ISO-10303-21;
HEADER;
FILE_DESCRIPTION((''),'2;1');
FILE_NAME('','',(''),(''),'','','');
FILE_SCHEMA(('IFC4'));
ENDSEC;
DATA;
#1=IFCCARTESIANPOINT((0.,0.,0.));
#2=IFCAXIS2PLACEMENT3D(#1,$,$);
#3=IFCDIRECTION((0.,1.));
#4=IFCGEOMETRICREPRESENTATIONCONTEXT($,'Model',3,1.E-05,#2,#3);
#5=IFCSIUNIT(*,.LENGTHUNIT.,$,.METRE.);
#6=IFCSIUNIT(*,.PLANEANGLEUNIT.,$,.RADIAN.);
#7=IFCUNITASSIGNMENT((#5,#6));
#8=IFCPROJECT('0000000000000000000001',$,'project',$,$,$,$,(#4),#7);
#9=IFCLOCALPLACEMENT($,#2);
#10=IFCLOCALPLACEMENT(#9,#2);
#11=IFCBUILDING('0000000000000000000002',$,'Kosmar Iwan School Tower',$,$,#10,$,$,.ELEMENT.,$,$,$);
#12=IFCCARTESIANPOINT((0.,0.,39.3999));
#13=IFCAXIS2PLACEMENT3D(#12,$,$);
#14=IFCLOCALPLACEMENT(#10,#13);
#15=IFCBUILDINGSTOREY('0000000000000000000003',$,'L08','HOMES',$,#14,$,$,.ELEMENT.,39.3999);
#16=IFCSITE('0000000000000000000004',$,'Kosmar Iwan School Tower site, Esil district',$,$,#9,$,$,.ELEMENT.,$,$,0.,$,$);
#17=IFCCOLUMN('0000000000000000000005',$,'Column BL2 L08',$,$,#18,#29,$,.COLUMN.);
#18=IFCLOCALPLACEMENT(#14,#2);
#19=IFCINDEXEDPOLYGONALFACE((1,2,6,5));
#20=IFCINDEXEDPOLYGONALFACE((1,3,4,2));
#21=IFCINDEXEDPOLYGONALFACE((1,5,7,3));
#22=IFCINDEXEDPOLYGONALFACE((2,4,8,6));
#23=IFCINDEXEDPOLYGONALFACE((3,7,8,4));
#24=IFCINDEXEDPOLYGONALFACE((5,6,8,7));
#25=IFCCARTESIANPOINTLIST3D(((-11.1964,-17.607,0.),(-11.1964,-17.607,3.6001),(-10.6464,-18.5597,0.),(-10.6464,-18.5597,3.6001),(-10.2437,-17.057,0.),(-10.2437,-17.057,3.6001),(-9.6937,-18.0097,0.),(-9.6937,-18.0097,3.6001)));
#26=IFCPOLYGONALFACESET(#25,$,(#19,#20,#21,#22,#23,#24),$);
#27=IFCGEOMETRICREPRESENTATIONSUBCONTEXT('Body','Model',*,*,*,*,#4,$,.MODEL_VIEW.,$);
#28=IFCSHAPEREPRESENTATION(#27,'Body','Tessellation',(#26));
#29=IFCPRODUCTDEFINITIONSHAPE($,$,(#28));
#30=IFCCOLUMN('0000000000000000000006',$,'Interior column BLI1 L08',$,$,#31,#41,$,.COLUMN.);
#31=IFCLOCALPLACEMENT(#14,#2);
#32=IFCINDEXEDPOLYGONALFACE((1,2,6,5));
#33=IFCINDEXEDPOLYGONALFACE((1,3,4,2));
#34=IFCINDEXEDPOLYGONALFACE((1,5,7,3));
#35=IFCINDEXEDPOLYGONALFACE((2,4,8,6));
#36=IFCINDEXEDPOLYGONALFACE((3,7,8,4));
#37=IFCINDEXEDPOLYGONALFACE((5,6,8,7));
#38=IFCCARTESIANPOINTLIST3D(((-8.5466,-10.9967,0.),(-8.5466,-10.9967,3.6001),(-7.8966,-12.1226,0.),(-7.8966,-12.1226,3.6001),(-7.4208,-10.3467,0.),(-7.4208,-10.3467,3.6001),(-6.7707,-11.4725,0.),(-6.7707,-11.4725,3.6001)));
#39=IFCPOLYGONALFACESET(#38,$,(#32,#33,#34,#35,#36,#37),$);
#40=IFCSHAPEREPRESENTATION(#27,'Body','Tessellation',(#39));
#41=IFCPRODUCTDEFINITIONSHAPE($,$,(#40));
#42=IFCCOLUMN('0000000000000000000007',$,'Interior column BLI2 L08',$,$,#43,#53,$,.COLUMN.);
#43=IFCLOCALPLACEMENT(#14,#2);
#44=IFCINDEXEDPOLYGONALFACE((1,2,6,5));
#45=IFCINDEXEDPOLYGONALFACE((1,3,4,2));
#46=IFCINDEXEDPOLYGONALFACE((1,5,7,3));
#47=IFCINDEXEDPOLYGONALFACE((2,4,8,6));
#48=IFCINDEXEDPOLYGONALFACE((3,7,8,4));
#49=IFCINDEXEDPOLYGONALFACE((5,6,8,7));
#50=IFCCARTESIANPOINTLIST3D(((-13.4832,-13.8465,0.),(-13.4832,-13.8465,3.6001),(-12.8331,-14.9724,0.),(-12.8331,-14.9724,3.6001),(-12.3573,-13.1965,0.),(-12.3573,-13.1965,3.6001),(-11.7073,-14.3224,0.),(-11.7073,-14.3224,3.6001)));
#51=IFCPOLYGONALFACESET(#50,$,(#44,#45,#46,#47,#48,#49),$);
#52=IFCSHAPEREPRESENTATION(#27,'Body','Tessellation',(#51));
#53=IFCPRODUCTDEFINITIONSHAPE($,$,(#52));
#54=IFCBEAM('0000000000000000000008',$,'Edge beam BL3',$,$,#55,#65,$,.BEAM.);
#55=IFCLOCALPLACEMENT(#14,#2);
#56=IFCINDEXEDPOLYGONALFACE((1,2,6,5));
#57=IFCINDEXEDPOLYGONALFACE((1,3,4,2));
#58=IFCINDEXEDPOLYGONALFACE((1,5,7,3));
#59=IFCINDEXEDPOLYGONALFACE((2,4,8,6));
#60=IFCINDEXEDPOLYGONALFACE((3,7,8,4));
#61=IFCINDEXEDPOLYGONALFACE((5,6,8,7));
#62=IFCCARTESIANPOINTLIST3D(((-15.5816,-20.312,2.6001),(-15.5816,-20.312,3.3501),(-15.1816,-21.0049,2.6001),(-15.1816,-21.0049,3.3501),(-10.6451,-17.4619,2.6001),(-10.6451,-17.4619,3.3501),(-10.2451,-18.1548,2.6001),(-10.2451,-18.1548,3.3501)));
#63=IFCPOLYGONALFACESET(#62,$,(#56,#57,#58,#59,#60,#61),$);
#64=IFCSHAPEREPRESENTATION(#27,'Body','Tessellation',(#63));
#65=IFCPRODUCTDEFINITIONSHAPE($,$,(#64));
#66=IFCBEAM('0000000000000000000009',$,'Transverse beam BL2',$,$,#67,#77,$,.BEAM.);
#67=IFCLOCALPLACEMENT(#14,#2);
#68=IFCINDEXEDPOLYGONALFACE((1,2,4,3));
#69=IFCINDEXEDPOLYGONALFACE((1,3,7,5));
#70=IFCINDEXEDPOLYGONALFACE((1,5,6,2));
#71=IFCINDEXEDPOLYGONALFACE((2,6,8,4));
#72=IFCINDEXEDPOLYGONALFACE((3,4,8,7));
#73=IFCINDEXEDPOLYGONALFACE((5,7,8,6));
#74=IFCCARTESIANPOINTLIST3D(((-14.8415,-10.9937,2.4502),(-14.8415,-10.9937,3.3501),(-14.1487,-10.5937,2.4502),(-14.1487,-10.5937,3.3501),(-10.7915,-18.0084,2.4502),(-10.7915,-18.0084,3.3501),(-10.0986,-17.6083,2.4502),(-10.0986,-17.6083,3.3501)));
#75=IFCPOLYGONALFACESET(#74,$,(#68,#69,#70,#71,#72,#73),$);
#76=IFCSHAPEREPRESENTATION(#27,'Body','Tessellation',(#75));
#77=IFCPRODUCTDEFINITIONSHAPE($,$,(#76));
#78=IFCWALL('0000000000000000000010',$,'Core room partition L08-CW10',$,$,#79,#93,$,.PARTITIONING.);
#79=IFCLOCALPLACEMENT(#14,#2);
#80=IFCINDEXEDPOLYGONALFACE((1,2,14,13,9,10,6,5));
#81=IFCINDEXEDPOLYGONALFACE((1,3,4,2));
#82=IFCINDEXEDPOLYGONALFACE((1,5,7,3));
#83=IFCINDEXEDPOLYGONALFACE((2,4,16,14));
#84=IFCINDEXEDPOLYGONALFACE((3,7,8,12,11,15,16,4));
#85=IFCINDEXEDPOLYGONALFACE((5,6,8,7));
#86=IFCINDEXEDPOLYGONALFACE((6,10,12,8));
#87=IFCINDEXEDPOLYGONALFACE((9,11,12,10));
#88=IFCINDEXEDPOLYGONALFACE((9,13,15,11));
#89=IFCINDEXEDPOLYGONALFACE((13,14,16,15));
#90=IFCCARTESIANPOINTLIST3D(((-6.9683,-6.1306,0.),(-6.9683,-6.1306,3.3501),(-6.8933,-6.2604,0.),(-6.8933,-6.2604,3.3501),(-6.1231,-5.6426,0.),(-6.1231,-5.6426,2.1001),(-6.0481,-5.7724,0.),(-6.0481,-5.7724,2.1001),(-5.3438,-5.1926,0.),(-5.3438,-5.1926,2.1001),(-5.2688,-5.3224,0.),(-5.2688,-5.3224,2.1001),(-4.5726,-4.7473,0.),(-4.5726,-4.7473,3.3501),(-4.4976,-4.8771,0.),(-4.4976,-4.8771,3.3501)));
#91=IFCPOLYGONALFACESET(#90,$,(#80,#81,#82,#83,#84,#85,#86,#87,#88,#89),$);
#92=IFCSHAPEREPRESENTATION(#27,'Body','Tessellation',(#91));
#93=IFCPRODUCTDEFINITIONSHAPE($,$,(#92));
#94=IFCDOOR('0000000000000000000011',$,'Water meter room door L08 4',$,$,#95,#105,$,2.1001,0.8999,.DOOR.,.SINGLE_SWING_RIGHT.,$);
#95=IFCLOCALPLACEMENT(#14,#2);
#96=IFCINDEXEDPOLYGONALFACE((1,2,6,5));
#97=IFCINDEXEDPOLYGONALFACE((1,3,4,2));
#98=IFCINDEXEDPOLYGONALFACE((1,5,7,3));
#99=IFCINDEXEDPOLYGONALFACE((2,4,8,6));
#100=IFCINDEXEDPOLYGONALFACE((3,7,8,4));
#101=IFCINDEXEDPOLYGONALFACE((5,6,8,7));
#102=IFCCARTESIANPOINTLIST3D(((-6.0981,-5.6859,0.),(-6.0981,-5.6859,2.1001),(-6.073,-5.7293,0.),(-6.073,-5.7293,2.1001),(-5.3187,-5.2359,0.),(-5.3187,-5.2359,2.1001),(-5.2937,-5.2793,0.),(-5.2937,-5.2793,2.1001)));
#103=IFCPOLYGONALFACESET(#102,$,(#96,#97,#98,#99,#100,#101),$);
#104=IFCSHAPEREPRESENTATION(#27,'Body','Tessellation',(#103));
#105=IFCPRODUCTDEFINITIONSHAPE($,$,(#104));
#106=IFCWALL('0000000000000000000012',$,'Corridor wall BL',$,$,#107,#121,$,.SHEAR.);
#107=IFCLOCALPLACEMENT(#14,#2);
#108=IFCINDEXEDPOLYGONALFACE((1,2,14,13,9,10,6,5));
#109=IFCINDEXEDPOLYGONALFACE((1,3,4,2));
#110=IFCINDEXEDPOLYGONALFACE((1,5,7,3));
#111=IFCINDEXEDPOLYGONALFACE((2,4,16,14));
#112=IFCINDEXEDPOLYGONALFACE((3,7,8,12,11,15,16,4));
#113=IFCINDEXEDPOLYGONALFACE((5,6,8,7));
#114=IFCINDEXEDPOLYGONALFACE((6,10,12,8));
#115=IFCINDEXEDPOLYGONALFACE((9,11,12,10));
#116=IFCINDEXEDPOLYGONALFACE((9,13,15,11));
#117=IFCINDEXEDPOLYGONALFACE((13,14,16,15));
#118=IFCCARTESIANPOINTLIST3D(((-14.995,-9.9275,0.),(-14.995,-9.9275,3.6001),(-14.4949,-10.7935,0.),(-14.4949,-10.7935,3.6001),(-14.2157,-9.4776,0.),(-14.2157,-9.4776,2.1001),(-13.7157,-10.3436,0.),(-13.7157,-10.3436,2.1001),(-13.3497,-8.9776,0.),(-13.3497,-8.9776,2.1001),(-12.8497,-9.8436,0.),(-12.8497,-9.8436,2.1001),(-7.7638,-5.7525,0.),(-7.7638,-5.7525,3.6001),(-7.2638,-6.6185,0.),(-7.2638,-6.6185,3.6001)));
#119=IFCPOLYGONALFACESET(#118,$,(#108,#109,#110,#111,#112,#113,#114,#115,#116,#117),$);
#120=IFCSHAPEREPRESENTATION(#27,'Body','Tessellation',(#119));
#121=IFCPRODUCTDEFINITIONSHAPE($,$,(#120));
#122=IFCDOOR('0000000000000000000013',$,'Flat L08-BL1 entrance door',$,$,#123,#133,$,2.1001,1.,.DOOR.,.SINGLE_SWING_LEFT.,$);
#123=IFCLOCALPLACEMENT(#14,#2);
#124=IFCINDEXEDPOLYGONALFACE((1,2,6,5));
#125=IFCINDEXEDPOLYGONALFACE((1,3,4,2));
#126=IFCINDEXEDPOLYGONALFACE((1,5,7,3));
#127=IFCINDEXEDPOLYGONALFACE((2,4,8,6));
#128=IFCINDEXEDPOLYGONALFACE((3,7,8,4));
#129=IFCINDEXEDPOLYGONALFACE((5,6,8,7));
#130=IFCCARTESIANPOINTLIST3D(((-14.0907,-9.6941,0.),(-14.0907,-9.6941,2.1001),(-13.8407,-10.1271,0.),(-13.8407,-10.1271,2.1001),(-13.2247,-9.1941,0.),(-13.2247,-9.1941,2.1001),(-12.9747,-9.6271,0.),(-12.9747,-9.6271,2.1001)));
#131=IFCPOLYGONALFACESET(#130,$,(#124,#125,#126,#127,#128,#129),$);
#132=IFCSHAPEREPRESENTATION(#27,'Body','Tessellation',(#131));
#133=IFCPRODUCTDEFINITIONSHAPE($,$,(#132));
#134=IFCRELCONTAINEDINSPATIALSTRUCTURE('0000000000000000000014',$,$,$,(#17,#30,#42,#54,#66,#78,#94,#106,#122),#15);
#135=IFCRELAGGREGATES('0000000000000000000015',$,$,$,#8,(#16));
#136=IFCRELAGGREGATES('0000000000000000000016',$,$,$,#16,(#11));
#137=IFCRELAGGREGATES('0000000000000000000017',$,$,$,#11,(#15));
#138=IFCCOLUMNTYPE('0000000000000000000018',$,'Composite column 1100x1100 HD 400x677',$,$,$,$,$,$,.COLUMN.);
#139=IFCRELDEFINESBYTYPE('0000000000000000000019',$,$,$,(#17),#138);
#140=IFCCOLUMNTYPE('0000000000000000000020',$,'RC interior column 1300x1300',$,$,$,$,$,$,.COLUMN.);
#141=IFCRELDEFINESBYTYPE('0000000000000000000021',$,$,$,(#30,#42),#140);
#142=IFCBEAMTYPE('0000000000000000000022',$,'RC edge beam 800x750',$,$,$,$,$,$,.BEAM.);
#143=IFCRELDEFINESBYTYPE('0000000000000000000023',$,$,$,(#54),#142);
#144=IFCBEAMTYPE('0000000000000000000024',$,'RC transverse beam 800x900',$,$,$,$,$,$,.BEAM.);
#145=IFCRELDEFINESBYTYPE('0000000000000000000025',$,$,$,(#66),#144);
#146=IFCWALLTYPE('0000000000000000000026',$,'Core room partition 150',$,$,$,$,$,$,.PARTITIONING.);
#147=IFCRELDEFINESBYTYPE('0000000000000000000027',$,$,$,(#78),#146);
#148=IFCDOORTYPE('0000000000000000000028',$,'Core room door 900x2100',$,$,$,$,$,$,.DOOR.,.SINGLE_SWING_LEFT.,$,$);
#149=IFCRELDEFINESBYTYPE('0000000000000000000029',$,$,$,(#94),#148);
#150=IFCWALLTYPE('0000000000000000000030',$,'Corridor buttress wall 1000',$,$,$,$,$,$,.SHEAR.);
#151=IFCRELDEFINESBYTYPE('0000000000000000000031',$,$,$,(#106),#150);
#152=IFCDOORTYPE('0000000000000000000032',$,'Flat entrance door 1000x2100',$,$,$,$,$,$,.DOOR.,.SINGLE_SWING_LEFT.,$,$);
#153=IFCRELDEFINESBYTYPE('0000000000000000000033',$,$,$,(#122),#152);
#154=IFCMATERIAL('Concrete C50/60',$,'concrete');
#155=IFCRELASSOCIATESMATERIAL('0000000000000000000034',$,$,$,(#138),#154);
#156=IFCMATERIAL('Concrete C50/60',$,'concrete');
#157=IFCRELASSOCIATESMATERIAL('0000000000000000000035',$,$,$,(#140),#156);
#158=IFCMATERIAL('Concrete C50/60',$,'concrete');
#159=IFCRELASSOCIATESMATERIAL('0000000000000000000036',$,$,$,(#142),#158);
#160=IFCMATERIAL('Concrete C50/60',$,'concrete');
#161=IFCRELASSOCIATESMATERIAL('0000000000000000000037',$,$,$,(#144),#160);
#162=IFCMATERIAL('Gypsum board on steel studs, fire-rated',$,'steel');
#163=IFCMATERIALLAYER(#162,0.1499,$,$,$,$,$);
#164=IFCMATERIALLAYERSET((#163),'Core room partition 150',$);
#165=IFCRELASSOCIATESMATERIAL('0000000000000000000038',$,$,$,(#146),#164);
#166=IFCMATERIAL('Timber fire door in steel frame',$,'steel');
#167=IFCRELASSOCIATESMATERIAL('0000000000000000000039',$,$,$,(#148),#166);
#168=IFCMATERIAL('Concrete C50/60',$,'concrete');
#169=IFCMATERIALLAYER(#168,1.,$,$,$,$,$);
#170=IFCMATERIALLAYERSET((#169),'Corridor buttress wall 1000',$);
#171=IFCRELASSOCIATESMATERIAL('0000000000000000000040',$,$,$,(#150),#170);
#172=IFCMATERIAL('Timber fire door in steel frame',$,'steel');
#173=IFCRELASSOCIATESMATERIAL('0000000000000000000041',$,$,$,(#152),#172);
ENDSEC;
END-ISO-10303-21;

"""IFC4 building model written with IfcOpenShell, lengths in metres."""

from ifc_helpers import new_model, si_unit, direction, frame, frame_2d, origin, origin_2d, place, context, subcontext, project, spatial, rectangle, extrude, material, layer, layer_set, material_profile, profile_set, type_object, element, fill, save


model = new_model("IFC4")

# Units and contexts
model_context = context("Model", 3, precision=1e-05, world=origin(), true_north=direction((0.0, 1.0)))
body_context = subcontext(model_context, "Body", "Model", "MODEL_VIEW")
ifc_project = project(units=[si_unit("LENGTHUNIT", "METRE"), si_unit("PLANEANGLEUNIT", "RADIAN")], contexts=[model_context])

# Site, building, storey
site_placement = place(None, origin())
site = spatial("IfcSite", under=ifc_project, at=site_placement, Name="Kosmar Iwan School Tower site, Esil district", CompositionType="ELEMENT", RefElevation=0.0)
building_placement = place(site_placement, origin())
building = spatial("IfcBuilding", under=site, at=building_placement, Name="Kosmar Iwan School Tower", CompositionType="ELEMENT")
storey_placement = place(building_placement, frame((0.0, 0.0, 39.3999)))
storey = spatial("IfcBuildingStorey", under=building, at=storey_placement, Name="L08", Description="HOMES", CompositionType="ELEMENT", Elevation=39.3999)

# Columns
ifc_material_1 = material(Name="Concrete C50/60", Category="concrete")
ifc_material_profile_1 = material_profile(ifc_material_1, rectangle(XDim=1.1001, YDim=1.1001, at=origin_2d()), Name="RC 1100x1100 + HD 400x677")
ifc_profile_set_1 = profile_set([ifc_material_profile_1], Name="Concrete C50/60")
column_type_1 = type_object("IfcColumnType", Name="Composite column 1100x1100 HD 400x677", PredefinedType="COLUMN", material=ifc_profile_set_1)
column_placement = place(storey_placement, frame((-10.4451, -17.8083, 0.0), z_axis=(0.0, 0.0, 1.0), x_axis=(-0.866025, -0.5, 0.0)))
element("IfcColumn", 1, at=column_placement, inside=storey, type_object=column_type_1, Name="Column BL2 L08", PredefinedType="COLUMN", context=body_context, shape_type="SweptSolid", body=[
    extrude(rectangle(XDim=1.1001, YDim=1.1001, at=origin_2d()), origin(), (0.0, 0.0, 1.0), 3.6001),
])
ifc_material_2 = material(Name="Concrete C50/60", Category="concrete")
ifc_material_profile_2 = material_profile(ifc_material_2, rectangle(XDim=1.3, YDim=1.3, at=origin_2d()), Name="RC 1300x1300")
ifc_profile_set_2 = profile_set([ifc_material_profile_2], Name="Concrete C50/60")
column_type_2 = type_object("IfcColumnType", Name="RC interior column 1300x1300", PredefinedType="COLUMN", material=ifc_profile_set_2)
for number, where, z_axis, x_axis, name in (
    (2, (-7.6587, -11.2346, 0.0), (0.0, 0.0, 1.0), (-0.866025, -0.5, 0.0), "Interior column BLI1 L08"),
    (3, (-12.5952, -14.0845, 0.0), (0.0, 0.0, 1.0), (-0.866025, -0.5, 0.0), "Interior column BLI2 L08"),
):
    element("IfcColumn", number, at=place(storey_placement, frame(where, z_axis=z_axis, x_axis=x_axis)), inside=storey, type_object=column_type_2, Name=name, PredefinedType="COLUMN", context=body_context, shape_type="SweptSolid", body=[
        extrude(rectangle(XDim=1.3, YDim=1.3, at=origin_2d()), origin(), (0.0, 0.0, 1.0), 3.6001),
    ])

# Beams
ifc_material_3 = material(Name="Concrete C50/60", Category="concrete")
ifc_material_profile_3 = material_profile(ifc_material_3, rectangle(XDim=0.8, YDim=0.75, at=origin_2d()), Name="RC 800x750")
ifc_profile_set_3 = profile_set([ifc_material_profile_3], Name="Concrete C50/60")
beam_type_1 = type_object("IfcBeamType", Name="RC edge beam 800x750", PredefinedType="BEAM", material=ifc_profile_set_3)
beam_1_placement = place(storey_placement, frame((-10.4451, -17.8083, 2.9751), z_axis=(-0.866026, -0.499999, 0.0), x_axis=(0.499999, -0.866026, 0.0)))
element("IfcBeam", 4, at=beam_1_placement, inside=storey, type_object=beam_type_1, Name="Edge beam BL3", PredefinedType="BEAM", context=body_context, shape_type="SweptSolid", body=[
    extrude(rectangle(XDim=0.8, YDim=0.75, at=origin_2d()), origin(), (0.0, 0.0, 1.0), 5.7002),
])
ifc_material_4 = material(Name="Concrete C50/60", Category="concrete")
ifc_material_profile_4 = material_profile(ifc_material_4, rectangle(XDim=0.8, YDim=0.8999, at=origin_2d()), Name="RC 800x900")
ifc_profile_set_4 = profile_set([ifc_material_profile_4], Name="Concrete C50/60")
beam_type_2 = type_object("IfcBeamType", Name="RC transverse beam 800x900", PredefinedType="BEAM", material=ifc_profile_set_4)
beam_2_placement = place(storey_placement, frame((-10.4451, -17.8083, 2.9001), z_axis=(-0.500013, 0.866018, 0.0), x_axis=(-0.866018, -0.500013, 0.0)))
element("IfcBeam", 5, at=beam_2_placement, inside=storey, type_object=beam_type_2, Name="Transverse beam BL2", PredefinedType="BEAM", context=body_context, shape_type="SweptSolid", body=[
    extrude(rectangle(XDim=0.8, YDim=0.8999, at=origin_2d()), origin(), (0.0, 0.0, 1.0), 8.0999),
])

# Walls, openings, doors
ifc_material_5 = material(Name="Gypsum board on steel studs, fire-rated", Category="steel")
ifc_layer_1 = layer(ifc_material_5, 0.1499)
ifc_layer_set_1 = layer_set([ifc_layer_1], Name="Core room partition 150")
wall_type_1 = type_object("IfcWallType", Name="Core room partition 150", PredefinedType="PARTITIONING", material=ifc_layer_set_1)
wall_1_placement = place(storey_placement, frame((-6.9309, -6.1956, 0.0), z_axis=(0.0, 0.0, 1.0), x_axis=(0.866008, 0.500031, 0.0)))
wall_1 = element("IfcWall", 6, at=wall_1_placement, inside=storey, type_object=wall_type_1, Name="Core room partition L08-CW10", PredefinedType="PARTITIONING", context=body_context, shape_type="SweptSolid", body=[
    extrude(rectangle(XDim=2.7664, YDim=0.1499, at=frame_2d((1.3833, 0.0))), origin(), (0.0, 0.0, 1.0), 3.3501),
])
opening_1_placement = place(wall_1_placement, frame((0.9761, 0.0, 0.0)))
opening_1 = element("IfcOpeningElement", 7, at=opening_1_placement, cuts=wall_1, PredefinedType="OPENING", context=body_context, shape_type="SweptSolid", body=[
    extrude(rectangle(XDim=0.8999, YDim=2.1001, at=frame_2d((0.45, 1.05))), frame((0.0, 0.0869, 0.0), z_axis=(0.0, -1.0, 0.0), x_axis=(1.0, 0.0, 0.0)), (0.0, 0.0, 1.0), 0.1738),
])
ifc_material_6 = material(Name="Timber fire door in steel frame", Category="steel")
door_type_1 = type_object("IfcDoorType", Name="Core room door 900x2100", OperationType="SINGLE_SWING_LEFT", PredefinedType="DOOR", material=ifc_material_6)
door_1_placement = place(opening_1_placement, origin())
door_1 = element("IfcDoor", 8, at=door_1_placement, inside=storey, type_object=door_type_1, Name="Water meter room door L08 4", OperationType="SINGLE_SWING_RIGHT", OverallHeight=2.1001, OverallWidth=0.8999, PredefinedType="DOOR", context=body_context, shape_type="SweptSolid", body=[
    extrude(rectangle(XDim=0.8999, YDim=2.1001, at=frame_2d((0.45, 1.05))), frame((0.0, 0.0249, 0.0), z_axis=(0.0, -1.0, 0.0), x_axis=(1.0, 0.0, 0.0)), (0.0, 0.0, 1.0), 0.05),
])
fill(opening_1, door_1)
ifc_material_7 = material(Name="Concrete C50/60", Category="concrete")
ifc_layer_2 = layer(ifc_material_7, 1.0)
ifc_layer_set_2 = layer_set([ifc_layer_2], Name="Corridor buttress wall 1000")
wall_type_2 = type_object("IfcWallType", Name="Corridor buttress wall 1000", PredefinedType="SHEAR", material=ifc_layer_set_2)
wall_2_placement = place(storey_placement, frame((-7.5139, -6.1855, 0.0), z_axis=(0.0, 0.0, 1.0), x_axis=(-0.86602, -0.50001, 0.0)))
wall_2 = element("IfcWall", 9, at=wall_2_placement, inside=storey, type_object=wall_type_2, Name="Corridor wall BL", PredefinedType="SHEAR", context=body_context, shape_type="SweptSolid", body=[
    extrude(rectangle(XDim=8.3499, YDim=1.0, at=frame_2d((4.1748, 0.0))), origin(), (0.0, 0.0, 1.0), 3.6001),
])
opening_2_placement = place(wall_2_placement, frame((6.45, 0.0, 0.0)))
opening_2 = element("IfcOpeningElement", 10, at=opening_2_placement, cuts=wall_2, PredefinedType="OPENING", context=body_context, shape_type="SweptSolid", body=[
    extrude(rectangle(XDim=1.0, YDim=2.1001, at=frame_2d((0.5, 1.05))), frame((0.0, 0.512, 0.0), z_axis=(0.0, -1.0, 0.0), x_axis=(1.0, 0.0, 0.0)), (0.0, 0.0, 1.0), 1.0239),
])
ifc_material_8 = material(Name="Timber fire door in steel frame", Category="steel")
door_type_2 = type_object("IfcDoorType", Name="Flat entrance door 1000x2100", OperationType="SINGLE_SWING_LEFT", PredefinedType="DOOR", material=ifc_material_8)
door_2_placement = place(opening_2_placement, origin())
door_2 = element("IfcDoor", 11, at=door_2_placement, inside=storey, type_object=door_type_2, Name="Flat L08-BL1 entrance door", OperationType="SINGLE_SWING_LEFT", OverallHeight=2.1001, OverallWidth=1.0, PredefinedType="DOOR", context=body_context, shape_type="SweptSolid", body=[
    extrude(rectangle(XDim=1.0, YDim=2.1001, at=frame_2d((0.5, 1.05))), frame((0.0, 0.25, 0.0), z_axis=(0.0, -1.0, 0.0), x_axis=(1.0, 0.0, 0.0)), (0.0, 0.0, 1.0), 0.5),
])
fill(opening_2, door_2)

save(model, "model.ifc")
